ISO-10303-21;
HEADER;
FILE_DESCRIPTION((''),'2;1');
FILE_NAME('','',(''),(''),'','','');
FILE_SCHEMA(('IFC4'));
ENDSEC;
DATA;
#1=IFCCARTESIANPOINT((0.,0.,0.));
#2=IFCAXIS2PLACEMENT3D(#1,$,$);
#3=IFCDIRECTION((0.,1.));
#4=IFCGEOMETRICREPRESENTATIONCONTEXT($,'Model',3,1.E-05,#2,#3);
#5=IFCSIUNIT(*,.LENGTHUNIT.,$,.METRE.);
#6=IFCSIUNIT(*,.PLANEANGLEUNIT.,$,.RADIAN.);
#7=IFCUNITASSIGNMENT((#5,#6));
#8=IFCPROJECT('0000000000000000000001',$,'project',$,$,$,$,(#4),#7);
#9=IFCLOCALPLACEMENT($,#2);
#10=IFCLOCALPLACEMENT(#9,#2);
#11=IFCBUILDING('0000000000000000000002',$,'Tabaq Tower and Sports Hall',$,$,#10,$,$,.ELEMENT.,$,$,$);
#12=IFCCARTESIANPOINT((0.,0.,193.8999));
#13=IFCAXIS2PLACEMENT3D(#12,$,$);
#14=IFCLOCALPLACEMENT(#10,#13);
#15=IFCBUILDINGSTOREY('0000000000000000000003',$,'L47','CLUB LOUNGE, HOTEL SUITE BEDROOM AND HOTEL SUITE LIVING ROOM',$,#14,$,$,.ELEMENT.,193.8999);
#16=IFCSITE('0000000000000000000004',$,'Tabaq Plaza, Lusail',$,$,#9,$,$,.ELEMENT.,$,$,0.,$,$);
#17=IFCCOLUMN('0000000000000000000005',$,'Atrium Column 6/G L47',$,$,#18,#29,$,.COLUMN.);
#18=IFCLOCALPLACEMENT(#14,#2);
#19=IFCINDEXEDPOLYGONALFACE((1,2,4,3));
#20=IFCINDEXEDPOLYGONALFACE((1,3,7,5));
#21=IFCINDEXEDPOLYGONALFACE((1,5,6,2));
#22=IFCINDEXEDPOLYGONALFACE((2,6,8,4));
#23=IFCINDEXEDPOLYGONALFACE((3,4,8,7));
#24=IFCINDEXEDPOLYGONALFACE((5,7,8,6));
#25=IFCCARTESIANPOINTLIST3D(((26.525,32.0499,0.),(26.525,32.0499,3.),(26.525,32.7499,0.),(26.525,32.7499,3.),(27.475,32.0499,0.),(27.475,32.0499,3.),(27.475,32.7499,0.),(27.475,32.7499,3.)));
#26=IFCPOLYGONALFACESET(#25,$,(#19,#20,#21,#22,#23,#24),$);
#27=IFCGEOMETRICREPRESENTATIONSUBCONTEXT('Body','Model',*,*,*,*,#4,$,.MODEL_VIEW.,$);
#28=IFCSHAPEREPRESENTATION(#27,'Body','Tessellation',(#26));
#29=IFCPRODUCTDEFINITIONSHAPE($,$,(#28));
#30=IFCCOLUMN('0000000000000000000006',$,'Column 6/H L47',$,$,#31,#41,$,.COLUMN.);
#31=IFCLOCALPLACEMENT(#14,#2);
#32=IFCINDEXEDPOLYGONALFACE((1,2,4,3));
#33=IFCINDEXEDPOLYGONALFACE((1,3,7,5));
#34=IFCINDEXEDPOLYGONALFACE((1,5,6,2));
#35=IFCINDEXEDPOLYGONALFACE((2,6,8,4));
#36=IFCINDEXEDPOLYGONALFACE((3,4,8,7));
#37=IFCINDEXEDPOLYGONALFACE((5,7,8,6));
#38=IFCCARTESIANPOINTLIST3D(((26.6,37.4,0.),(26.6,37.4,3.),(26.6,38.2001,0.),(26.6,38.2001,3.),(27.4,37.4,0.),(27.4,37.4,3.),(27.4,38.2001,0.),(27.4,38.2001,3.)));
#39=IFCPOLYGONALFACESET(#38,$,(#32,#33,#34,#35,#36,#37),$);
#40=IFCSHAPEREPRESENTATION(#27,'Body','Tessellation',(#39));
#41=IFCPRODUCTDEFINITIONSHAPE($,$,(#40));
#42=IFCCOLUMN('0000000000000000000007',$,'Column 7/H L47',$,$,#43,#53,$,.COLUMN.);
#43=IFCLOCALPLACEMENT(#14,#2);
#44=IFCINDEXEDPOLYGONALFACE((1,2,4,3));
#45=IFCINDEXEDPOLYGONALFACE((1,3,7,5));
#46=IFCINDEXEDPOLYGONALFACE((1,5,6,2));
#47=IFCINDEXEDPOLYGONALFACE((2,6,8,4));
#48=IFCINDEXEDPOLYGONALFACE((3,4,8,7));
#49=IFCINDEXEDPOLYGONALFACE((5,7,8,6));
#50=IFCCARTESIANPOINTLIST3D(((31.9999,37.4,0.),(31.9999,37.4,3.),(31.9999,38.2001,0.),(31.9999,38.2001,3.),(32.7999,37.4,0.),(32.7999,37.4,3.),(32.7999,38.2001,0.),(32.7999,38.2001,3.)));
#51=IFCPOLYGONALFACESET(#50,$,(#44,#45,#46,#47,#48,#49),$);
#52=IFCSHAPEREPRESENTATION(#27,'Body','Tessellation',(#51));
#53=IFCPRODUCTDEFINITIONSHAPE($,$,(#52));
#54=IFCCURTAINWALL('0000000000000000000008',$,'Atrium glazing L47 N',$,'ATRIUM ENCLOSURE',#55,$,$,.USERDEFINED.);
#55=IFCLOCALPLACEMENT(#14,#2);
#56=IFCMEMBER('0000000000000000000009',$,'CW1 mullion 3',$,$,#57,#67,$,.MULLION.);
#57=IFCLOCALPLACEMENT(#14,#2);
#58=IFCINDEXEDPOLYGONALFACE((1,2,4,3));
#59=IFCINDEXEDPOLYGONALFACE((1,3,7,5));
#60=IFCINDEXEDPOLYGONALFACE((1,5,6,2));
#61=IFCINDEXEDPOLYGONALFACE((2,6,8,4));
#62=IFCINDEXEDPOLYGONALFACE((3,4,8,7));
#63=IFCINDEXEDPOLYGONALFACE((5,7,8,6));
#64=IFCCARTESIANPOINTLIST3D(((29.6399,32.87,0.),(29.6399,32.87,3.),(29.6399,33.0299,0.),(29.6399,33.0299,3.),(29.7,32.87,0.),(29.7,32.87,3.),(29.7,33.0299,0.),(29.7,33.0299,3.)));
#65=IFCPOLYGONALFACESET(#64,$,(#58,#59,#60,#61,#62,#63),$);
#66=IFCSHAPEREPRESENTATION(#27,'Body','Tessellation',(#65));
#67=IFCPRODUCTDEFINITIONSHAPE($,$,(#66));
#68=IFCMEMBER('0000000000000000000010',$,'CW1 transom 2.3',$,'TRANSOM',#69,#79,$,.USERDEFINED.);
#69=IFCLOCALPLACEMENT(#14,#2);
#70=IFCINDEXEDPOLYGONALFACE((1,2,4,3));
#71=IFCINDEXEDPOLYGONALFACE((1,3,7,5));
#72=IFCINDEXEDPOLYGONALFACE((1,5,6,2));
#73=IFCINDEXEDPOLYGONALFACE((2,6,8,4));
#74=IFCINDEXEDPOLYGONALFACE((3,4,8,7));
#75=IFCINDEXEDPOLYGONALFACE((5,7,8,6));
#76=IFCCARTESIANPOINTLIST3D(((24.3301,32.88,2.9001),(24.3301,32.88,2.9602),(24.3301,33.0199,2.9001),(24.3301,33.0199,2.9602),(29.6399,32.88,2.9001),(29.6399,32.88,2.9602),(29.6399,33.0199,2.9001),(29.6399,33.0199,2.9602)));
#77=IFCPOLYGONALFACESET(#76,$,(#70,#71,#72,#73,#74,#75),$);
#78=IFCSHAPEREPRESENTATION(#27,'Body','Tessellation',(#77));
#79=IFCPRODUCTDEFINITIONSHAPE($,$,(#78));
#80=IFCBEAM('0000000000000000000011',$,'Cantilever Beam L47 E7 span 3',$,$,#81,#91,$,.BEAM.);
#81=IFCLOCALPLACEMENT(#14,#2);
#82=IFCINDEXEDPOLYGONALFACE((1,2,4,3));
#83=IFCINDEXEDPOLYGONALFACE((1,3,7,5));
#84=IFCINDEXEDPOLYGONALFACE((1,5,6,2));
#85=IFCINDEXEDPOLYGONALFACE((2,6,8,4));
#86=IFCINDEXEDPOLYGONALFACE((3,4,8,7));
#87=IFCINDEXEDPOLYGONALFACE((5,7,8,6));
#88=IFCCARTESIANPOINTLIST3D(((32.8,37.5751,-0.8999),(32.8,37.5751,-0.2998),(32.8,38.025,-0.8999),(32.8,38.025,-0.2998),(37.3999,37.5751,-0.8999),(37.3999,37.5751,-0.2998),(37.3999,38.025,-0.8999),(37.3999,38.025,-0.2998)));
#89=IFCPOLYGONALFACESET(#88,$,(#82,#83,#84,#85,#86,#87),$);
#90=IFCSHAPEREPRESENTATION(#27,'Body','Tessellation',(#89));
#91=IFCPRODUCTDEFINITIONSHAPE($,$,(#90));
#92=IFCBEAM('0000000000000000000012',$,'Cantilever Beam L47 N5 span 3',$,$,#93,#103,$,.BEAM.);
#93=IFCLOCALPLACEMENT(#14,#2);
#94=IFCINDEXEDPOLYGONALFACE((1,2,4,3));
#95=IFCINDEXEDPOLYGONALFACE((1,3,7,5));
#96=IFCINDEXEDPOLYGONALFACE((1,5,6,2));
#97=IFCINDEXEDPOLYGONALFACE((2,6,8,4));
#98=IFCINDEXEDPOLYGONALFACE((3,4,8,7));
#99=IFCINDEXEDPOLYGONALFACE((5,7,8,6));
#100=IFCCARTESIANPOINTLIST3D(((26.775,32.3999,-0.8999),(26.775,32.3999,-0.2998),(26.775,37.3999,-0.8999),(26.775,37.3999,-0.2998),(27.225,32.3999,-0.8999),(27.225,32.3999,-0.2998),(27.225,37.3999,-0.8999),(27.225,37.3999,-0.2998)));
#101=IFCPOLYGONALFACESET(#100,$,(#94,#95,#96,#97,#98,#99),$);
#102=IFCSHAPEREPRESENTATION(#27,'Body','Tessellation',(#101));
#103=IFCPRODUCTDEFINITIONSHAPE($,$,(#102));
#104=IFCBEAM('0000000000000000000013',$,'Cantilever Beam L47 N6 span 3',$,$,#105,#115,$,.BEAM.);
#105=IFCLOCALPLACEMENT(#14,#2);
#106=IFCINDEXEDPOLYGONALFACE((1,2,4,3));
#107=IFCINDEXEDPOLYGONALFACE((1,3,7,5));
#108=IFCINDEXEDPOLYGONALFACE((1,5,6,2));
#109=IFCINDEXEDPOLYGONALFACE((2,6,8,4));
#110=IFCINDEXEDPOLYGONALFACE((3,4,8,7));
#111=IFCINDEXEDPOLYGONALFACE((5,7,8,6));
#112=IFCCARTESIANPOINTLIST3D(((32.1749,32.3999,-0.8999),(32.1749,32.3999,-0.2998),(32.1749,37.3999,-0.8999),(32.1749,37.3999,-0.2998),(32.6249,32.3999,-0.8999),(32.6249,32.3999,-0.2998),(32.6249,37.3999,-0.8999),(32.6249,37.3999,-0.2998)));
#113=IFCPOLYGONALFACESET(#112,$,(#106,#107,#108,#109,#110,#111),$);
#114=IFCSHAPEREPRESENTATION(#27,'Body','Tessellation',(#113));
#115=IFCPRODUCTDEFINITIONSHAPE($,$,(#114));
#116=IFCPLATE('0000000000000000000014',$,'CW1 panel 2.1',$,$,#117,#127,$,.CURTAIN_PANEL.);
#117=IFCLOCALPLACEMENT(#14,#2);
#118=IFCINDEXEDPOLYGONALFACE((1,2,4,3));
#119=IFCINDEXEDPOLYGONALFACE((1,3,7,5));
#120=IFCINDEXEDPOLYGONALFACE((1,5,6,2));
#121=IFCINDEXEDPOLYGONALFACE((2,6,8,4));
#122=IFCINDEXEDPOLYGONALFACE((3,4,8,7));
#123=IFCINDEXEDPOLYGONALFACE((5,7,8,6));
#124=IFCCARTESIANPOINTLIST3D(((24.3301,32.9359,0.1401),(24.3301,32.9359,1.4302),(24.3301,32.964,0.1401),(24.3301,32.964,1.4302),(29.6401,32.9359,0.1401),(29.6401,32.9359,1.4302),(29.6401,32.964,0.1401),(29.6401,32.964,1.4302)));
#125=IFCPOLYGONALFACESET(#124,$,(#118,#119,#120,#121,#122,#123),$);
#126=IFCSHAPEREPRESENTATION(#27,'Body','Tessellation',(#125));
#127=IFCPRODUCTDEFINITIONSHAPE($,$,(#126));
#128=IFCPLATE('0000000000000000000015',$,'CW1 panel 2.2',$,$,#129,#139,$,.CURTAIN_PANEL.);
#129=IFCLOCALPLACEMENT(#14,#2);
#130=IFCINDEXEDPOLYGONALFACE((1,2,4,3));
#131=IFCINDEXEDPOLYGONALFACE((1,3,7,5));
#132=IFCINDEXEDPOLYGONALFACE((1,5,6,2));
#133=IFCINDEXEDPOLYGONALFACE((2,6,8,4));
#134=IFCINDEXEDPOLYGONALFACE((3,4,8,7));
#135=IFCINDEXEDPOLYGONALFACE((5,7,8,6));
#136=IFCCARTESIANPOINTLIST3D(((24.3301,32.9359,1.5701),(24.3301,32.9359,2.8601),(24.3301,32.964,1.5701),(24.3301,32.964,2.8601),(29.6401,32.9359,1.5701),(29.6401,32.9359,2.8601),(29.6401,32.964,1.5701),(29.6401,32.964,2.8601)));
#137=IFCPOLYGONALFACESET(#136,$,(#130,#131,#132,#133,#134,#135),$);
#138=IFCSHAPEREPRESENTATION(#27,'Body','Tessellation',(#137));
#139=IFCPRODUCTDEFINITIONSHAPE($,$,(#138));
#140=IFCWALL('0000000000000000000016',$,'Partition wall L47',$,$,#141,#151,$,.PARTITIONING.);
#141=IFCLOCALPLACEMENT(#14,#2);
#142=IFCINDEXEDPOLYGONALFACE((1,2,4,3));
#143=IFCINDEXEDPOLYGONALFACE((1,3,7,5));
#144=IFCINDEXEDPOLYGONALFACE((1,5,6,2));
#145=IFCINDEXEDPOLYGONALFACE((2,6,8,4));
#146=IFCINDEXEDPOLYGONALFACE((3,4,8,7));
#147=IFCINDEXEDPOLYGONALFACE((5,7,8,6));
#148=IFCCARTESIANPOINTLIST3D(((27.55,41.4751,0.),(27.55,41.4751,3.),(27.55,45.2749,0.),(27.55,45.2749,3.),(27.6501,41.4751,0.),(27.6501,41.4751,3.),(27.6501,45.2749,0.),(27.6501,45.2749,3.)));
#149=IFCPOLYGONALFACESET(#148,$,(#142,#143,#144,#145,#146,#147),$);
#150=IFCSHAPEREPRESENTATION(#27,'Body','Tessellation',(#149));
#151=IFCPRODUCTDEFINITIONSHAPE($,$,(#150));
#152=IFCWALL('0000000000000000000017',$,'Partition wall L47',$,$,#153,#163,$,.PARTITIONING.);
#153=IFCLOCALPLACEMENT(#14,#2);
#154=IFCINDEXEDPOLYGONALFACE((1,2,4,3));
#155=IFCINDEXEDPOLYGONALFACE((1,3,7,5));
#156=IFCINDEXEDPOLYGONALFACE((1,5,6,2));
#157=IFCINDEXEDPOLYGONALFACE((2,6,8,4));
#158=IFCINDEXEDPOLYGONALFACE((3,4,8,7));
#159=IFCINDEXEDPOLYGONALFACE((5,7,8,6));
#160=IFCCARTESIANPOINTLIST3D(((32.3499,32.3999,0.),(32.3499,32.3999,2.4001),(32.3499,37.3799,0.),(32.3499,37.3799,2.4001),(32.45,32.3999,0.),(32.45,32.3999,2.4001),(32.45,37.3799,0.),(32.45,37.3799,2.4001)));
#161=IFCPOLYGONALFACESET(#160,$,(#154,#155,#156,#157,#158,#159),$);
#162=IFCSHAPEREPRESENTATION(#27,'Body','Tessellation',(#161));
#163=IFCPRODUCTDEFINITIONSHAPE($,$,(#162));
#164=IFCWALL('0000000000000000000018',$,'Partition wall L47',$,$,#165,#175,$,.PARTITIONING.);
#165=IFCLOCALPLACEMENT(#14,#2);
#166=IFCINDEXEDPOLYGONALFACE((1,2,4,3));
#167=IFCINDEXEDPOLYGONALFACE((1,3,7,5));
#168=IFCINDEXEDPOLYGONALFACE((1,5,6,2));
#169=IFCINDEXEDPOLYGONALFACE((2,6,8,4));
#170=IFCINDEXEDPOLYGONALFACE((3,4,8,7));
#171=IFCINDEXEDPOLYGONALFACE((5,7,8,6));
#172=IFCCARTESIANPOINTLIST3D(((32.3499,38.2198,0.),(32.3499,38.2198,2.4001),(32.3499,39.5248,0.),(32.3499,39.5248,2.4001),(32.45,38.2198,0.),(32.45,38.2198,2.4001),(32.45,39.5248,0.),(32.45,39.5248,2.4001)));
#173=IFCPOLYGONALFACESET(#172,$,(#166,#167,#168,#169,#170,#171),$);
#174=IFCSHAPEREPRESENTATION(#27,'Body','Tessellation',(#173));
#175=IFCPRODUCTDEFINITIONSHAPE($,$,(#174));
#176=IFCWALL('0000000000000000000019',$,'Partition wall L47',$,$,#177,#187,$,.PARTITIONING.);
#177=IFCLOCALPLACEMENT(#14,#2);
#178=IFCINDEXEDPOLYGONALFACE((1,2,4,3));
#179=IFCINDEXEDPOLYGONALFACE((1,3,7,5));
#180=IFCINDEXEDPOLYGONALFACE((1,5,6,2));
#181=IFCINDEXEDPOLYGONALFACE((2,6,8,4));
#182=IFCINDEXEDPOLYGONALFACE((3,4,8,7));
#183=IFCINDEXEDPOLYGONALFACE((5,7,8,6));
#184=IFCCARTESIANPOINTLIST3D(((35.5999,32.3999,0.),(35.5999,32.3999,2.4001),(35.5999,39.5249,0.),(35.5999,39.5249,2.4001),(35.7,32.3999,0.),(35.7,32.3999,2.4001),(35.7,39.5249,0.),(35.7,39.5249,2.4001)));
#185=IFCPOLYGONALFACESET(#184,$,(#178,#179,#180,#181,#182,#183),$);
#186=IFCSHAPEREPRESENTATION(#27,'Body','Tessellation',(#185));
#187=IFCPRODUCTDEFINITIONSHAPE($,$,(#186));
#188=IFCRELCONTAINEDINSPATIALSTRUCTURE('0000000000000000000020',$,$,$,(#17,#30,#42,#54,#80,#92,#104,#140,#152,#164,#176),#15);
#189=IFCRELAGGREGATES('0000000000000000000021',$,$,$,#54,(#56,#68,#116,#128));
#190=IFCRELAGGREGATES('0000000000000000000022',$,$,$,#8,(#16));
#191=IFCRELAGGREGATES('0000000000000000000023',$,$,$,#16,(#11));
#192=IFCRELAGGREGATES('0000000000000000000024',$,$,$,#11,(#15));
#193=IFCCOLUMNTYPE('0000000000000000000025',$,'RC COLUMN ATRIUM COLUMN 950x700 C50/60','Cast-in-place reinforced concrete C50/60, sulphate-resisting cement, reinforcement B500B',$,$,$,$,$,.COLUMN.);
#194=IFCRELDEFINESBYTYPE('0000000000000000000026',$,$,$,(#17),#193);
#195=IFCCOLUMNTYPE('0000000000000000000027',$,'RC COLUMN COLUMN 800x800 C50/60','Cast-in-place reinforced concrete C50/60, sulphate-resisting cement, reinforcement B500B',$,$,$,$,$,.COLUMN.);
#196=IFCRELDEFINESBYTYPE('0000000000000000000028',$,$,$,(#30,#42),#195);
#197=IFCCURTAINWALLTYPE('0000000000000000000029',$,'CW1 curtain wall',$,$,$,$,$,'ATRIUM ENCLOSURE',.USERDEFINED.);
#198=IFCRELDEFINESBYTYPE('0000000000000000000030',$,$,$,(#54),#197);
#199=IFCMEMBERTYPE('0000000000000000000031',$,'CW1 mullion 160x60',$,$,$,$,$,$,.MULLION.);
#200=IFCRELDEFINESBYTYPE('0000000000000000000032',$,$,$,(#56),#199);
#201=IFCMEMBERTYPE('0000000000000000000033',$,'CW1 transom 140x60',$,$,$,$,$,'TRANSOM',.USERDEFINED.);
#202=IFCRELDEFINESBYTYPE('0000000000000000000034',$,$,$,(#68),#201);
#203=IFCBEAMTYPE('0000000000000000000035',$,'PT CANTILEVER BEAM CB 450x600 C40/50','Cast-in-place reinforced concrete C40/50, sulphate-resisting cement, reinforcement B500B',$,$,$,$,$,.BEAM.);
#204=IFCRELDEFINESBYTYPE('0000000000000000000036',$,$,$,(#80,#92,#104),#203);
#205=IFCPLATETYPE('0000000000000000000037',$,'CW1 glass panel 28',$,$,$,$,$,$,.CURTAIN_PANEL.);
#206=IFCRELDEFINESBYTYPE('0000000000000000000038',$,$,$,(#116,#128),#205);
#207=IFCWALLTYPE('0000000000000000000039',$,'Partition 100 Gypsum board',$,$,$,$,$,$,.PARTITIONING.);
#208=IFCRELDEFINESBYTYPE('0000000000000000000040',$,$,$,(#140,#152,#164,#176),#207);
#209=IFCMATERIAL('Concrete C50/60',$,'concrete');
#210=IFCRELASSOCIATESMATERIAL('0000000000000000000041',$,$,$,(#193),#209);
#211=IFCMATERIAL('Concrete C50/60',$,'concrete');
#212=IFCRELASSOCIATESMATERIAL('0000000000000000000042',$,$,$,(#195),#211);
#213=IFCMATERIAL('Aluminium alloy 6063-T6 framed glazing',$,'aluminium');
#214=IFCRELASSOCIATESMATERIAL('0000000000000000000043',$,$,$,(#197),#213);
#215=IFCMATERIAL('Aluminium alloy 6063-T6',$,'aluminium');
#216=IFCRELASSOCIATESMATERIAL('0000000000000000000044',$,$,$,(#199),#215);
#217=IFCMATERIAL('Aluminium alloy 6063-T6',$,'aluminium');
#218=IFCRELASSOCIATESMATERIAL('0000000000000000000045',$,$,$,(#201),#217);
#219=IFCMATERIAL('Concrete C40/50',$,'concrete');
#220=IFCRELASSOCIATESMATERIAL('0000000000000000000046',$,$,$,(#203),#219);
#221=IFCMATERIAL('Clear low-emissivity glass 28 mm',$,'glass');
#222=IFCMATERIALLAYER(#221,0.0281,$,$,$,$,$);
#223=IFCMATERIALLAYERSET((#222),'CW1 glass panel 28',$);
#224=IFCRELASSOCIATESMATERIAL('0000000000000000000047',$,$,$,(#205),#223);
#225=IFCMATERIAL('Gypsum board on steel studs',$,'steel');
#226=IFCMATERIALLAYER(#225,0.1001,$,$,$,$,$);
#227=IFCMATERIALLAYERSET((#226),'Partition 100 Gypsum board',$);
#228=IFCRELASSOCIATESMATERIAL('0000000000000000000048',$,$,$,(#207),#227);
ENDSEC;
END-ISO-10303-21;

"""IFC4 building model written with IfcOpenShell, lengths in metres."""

from ifc_helpers import new_model, si_unit, direction, frame, frame_2d, origin, origin_2d, place, context, subcontext, project, spatial, rectangle, extrude, material, layer, layer_set, material_profile, profile_set, type_object, element, aggregate, save


model = new_model("IFC4")

# Units and contexts
model_context = context("Model", 3, precision=1e-05, world=origin(), true_north=direction((0.0, 1.0)))
body_context = subcontext(model_context, "Body", "Model", "MODEL_VIEW")
ifc_project = project(units=[si_unit("LENGTHUNIT", "METRE"), si_unit("PLANEANGLEUNIT", "RADIAN")], contexts=[model_context])

# Site, building, storey
site_placement = place(None, origin())
site = spatial("IfcSite", under=ifc_project, at=site_placement, Name="Tabaq Plaza, Lusail", CompositionType="ELEMENT", RefElevation=0.0)
building_placement = place(site_placement, origin())
building = spatial("IfcBuilding", under=site, at=building_placement, Name="Tabaq Tower and Sports Hall", CompositionType="ELEMENT")
storey_placement = place(building_placement, frame((0.0, 0.0, 193.8999)))
storey = spatial("IfcBuildingStorey", under=building, at=storey_placement, Name="L47", Description="CLUB LOUNGE, HOTEL SUITE BEDROOM AND HOTEL SUITE LIVING ROOM", CompositionType="ELEMENT", Elevation=193.8999)

# Columns
ifc_material_1 = material(Name="Concrete C50/60", Category="concrete")
ifc_material_profile_1 = material_profile(ifc_material_1, rectangle(XDim=0.95, YDim=0.7, at=origin_2d()), Name="ATRIUM COLUMN 950x700")
ifc_profile_set_1 = profile_set([ifc_material_profile_1], Name="Concrete C50/60")
column_type_1 = type_object("IfcColumnType", Name="RC COLUMN ATRIUM COLUMN 950x700 C50/60", Description="Cast-in-place reinforced concrete C50/60, sulphate-resisting cement, reinforcement B500B", PredefinedType="COLUMN", material=ifc_profile_set_1)
column_placement = place(storey_placement, frame((27.0, 32.3999, 0.0), z_axis=(0.0, 0.0, 1.0), x_axis=(1.0, 0.0, 0.0)))
element("IfcColumn", 1, at=column_placement, inside=storey, type_object=column_type_1, Name="Atrium Column 6/G L47", PredefinedType="COLUMN", context=body_context, shape_type="SweptSolid", body=[
    extrude(rectangle(XDim=0.95, YDim=0.7, at=origin_2d()), origin(), (0.0, 0.0, 1.0), 3.0),
])
ifc_material_2 = material(Name="Concrete C50/60", Category="concrete")
ifc_material_profile_2 = material_profile(ifc_material_2, rectangle(XDim=0.8, YDim=0.8, at=origin_2d()), Name="COLUMN 800x800")
ifc_profile_set_2 = profile_set([ifc_material_profile_2], Name="Concrete C50/60")
column_type_2 = type_object("IfcColumnType", Name="RC COLUMN COLUMN 800x800 C50/60", Description="Cast-in-place reinforced concrete C50/60, sulphate-resisting cement, reinforcement B500B", PredefinedType="COLUMN", material=ifc_profile_set_2)
for number, where, z_axis, x_axis, name in (
    (2, (27.0, 37.8, 0.0), (0.0, 0.0, 1.0), (1.0, 0.0, 0.0), "Column 6/H L47"),
    (3, (32.3999, 37.8, 0.0), (0.0, 0.0, 1.0), (1.0, 0.0, 0.0), "Column 7/H L47"),
):
    element("IfcColumn", number, at=place(storey_placement, frame(where, z_axis=z_axis, x_axis=x_axis)), inside=storey, type_object=column_type_2, Name=name, PredefinedType="COLUMN", context=body_context, shape_type="SweptSolid", body=[
        extrude(rectangle(XDim=0.8, YDim=0.8, at=origin_2d()), origin(), (0.0, 0.0, 1.0), 3.0),
    ])

# Curtain wall, members
ifc_material_3 = material(Name="Aluminium alloy 6063-T6 framed glazing", Category="aluminium")
curtain_wall_type = type_object("IfcCurtainWallType", Name="CW1 curtain wall", ElementType="ATRIUM ENCLOSURE", PredefinedType="USERDEFINED", material=ifc_material_3)
curtain_wall_placement = place(storey_placement, origin())
curtain_wall = element("IfcCurtainWall", 4, at=curtain_wall_placement, inside=storey, type_object=curtain_wall_type, Name="Atrium glazing L47 N", ObjectType="ATRIUM ENCLOSURE", PredefinedType="USERDEFINED")
ifc_material_4 = material(Name="Aluminium alloy 6063-T6", Category="aluminium")
ifc_material_profile_3 = material_profile(ifc_material_4, rectangle(XDim=0.1599, YDim=0.0601, at=origin_2d()), Name="MULLION 160x60")
ifc_profile_set_3 = profile_set([ifc_material_profile_3], Name="Aluminium alloy 6063-T6")
member_type_1 = type_object("IfcMemberType", Name="CW1 mullion 160x60", PredefinedType="MULLION", material=ifc_profile_set_3)
member_1_placement = place(storey_placement, frame((29.6699, 32.95, 0.0), z_axis=(0.0, 0.0, 1.0), x_axis=(0.0, 1.0, 0.0)))
member_1 = element("IfcMember", 5, at=member_1_placement, type_object=member_type_1, Name="CW1 mullion 3", PredefinedType="MULLION", context=body_context, shape_type="SweptSolid", body=[
    extrude(rectangle(XDim=0.1599, YDim=0.0601, at=origin_2d()), origin(), (0.0, 0.0, 1.0), 3.0),
])
ifc_material_5 = material(Name="Aluminium alloy 6063-T6", Category="aluminium")
ifc_material_profile_4 = material_profile(ifc_material_5, rectangle(XDim=0.1399, YDim=0.0601, at=origin_2d()), Name="TRANSOM 140x60")
ifc_profile_set_4 = profile_set([ifc_material_profile_4], Name="Aluminium alloy 6063-T6")
member_type_2 = type_object("IfcMemberType", Name="CW1 transom 140x60", ElementType="TRANSOM", PredefinedType="USERDEFINED", material=ifc_profile_set_4)
member_2_placement = place(storey_placement, frame((24.3301, 32.95, 2.9302), z_axis=(1.0, 0.0, 0.0), x_axis=(0.0, 1.0, 0.0)))
member_2 = element("IfcMember", 6, at=member_2_placement, type_object=member_type_2, Name="CW1 transom 2.3", ObjectType="TRANSOM", PredefinedType="USERDEFINED", context=body_context, shape_type="SweptSolid", body=[
    extrude(rectangle(XDim=0.1399, YDim=0.0601, at=origin_2d()), origin(), (0.0, 0.0, 1.0), 5.3098),
])

# Beams
ifc_material_6 = material(Name="Concrete C40/50", Category="concrete")
ifc_material_profile_5 = material_profile(ifc_material_6, rectangle(XDim=0.45, YDim=0.6001, at=origin_2d()), Name="CB 450x600")
ifc_profile_set_5 = profile_set([ifc_material_profile_5], Name="Concrete C40/50")
beam_type = type_object("IfcBeamType", Name="PT CANTILEVER BEAM CB 450x600 C40/50", Description="Cast-in-place reinforced concrete C40/50, sulphate-resisting cement, reinforcement B500B", PredefinedType="BEAM", material=ifc_profile_set_5)
beam_placement = place(storey_placement, frame((37.3999, 37.8, -0.5999), z_axis=(-1.0, 0.0, 0.0), x_axis=(0.0, -1.0, 0.0)))
element("IfcBeam", 7, at=beam_placement, inside=storey, type_object=beam_type, Name="Cantilever Beam L47 E7 span 3", PredefinedType="BEAM", context=body_context, shape_type="SweptSolid", body=[
    extrude(rectangle(XDim=0.45, YDim=0.6001, at=origin_2d()), origin(), (0.0, 0.0, 1.0), 4.5999),
])
for number, where, z_axis, x_axis, name in (
    (8, (27.0, 37.3999, -0.5999), (0.0, -1.0, 0.0), (1.0, 0.0, 0.0), "Cantilever Beam L47 N5 span 3"),
    (9, (32.3999, 37.3999, -0.5999), (0.0, -1.0, 0.0), (1.0, 0.0, 0.0), "Cantilever Beam L47 N6 span 3"),
):
    element("IfcBeam", number, at=place(storey_placement, frame(where, z_axis=z_axis, x_axis=x_axis)), inside=storey, type_object=beam_type, Name=name, PredefinedType="BEAM", context=body_context, shape_type="SweptSolid", body=[
        extrude(rectangle(XDim=0.45, YDim=0.6001, at=origin_2d()), origin(), (0.0, 0.0, 1.0), 5.0),
    ])

# Plates
ifc_material_7 = material(Name="Clear low-emissivity glass 28 mm", Category="glass")
ifc_layer_1 = layer(ifc_material_7, 0.0281)
ifc_layer_set_1 = layer_set([ifc_layer_1], Name="CW1 glass panel 28")
plate_type = type_object("IfcPlateType", Name="CW1 glass panel 28", PredefinedType="CURTAIN_PANEL", material=ifc_layer_set_1)
plate_1_placement = place(storey_placement, frame((26.9851, 32.95, 0.1401), z_axis=(0.0, 0.0, 1.0), x_axis=(1.0, 0.0, 0.0)))
plate_1 = element("IfcPlate", 10, at=plate_1_placement, type_object=plate_type, Name="CW1 panel 2.1", PredefinedType="CURTAIN_PANEL", context=body_context, shape_type="SweptSolid", body=[
    extrude(rectangle(XDim=5.3101, YDim=0.0281, at=origin_2d()), origin(), (0.0, 0.0, 1.0), 1.29),
])
plate_2_placement = place(storey_placement, frame((26.9851, 32.95, 1.5701), z_axis=(0.0, 0.0, 1.0), x_axis=(1.0, 0.0, 0.0)))
plate_2 = element("IfcPlate", 11, at=plate_2_placement, type_object=plate_type, Name="CW1 panel 2.2", PredefinedType="CURTAIN_PANEL", context=body_context, shape_type="SweptSolid", body=[
    extrude(rectangle(XDim=5.3101, YDim=0.0281, at=origin_2d()), origin(), (0.0, 0.0, 1.0), 1.29),
])
aggregate(curtain_wall, [member_1, member_2, plate_1, plate_2])

# Walls
ifc_material_8 = material(Name="Gypsum board on steel studs", Category="steel")
ifc_layer_2 = layer(ifc_material_8, 0.1001)
ifc_layer_set_2 = layer_set([ifc_layer_2], Name="Partition 100 Gypsum board")
wall_type_1 = type_object("IfcWallType", Name="Partition 100 Gypsum board", PredefinedType="PARTITIONING", material=ifc_layer_set_2)
wall_1_placement = place(storey_placement, frame((27.6001, 41.4751, 0.0), z_axis=(0.0, 0.0, 1.0), x_axis=(0.0, 1.0, 0.0)))
element("IfcWall", 12, at=wall_1_placement, inside=storey, type_object=wall_type_1, Name="Partition wall L47", PredefinedType="PARTITIONING", context=body_context, shape_type="SweptSolid", body=[
    extrude(rectangle(XDim=3.7998, YDim=0.1001, at=frame_2d((1.8999, 0.0))), origin(), (0.0, 0.0, 1.0), 3.0),
])
wall_2_placement = place(storey_placement, frame((32.3999, 32.3999, 0.0), z_axis=(0.0, 0.0, 1.0), x_axis=(0.0, 1.0, 0.0)))
element("IfcWall", 13, at=wall_2_placement, inside=storey, type_object=wall_type_1, Name="Partition wall L47", PredefinedType="PARTITIONING", context=body_context, shape_type="SweptSolid", body=[
    extrude(rectangle(XDim=4.98, YDim=0.1001, at=frame_2d((2.49, 0.0))), origin(), (0.0, 0.0, 1.0), 2.4001),
])
wall_3_placement = place(storey_placement, frame((32.3999, 38.22, 0.0), z_axis=(0.0, 0.0, 1.0), x_axis=(0.0, 1.0, 0.0)))
element("IfcWall", 14, at=wall_3_placement, inside=storey, type_object=wall_type_1, Name="Partition wall L47", PredefinedType="PARTITIONING", context=body_context, shape_type="SweptSolid", body=[
    extrude(rectangle(XDim=1.3049, YDim=0.1001, at=frame_2d((0.6523, 0.0))), origin(), (0.0, 0.0, 1.0), 2.4001),
])
wall_4_placement = place(storey_placement, frame((35.6499, 39.5249, 0.0), z_axis=(0.0, 0.0, 1.0), x_axis=(0.0, -1.0, 0.0)))
element("IfcWall", 15, at=wall_4_placement, inside=storey, type_object=wall_type_1, Name="Partition wall L47", PredefinedType="PARTITIONING", context=body_context, shape_type="SweptSolid", body=[
    extrude(rectangle(XDim=7.125, YDim=0.1001, at=frame_2d((3.5625, 0.0))), origin(), (0.0, 0.0, 1.0), 2.4001),
])

save(model, "model.ifc")
